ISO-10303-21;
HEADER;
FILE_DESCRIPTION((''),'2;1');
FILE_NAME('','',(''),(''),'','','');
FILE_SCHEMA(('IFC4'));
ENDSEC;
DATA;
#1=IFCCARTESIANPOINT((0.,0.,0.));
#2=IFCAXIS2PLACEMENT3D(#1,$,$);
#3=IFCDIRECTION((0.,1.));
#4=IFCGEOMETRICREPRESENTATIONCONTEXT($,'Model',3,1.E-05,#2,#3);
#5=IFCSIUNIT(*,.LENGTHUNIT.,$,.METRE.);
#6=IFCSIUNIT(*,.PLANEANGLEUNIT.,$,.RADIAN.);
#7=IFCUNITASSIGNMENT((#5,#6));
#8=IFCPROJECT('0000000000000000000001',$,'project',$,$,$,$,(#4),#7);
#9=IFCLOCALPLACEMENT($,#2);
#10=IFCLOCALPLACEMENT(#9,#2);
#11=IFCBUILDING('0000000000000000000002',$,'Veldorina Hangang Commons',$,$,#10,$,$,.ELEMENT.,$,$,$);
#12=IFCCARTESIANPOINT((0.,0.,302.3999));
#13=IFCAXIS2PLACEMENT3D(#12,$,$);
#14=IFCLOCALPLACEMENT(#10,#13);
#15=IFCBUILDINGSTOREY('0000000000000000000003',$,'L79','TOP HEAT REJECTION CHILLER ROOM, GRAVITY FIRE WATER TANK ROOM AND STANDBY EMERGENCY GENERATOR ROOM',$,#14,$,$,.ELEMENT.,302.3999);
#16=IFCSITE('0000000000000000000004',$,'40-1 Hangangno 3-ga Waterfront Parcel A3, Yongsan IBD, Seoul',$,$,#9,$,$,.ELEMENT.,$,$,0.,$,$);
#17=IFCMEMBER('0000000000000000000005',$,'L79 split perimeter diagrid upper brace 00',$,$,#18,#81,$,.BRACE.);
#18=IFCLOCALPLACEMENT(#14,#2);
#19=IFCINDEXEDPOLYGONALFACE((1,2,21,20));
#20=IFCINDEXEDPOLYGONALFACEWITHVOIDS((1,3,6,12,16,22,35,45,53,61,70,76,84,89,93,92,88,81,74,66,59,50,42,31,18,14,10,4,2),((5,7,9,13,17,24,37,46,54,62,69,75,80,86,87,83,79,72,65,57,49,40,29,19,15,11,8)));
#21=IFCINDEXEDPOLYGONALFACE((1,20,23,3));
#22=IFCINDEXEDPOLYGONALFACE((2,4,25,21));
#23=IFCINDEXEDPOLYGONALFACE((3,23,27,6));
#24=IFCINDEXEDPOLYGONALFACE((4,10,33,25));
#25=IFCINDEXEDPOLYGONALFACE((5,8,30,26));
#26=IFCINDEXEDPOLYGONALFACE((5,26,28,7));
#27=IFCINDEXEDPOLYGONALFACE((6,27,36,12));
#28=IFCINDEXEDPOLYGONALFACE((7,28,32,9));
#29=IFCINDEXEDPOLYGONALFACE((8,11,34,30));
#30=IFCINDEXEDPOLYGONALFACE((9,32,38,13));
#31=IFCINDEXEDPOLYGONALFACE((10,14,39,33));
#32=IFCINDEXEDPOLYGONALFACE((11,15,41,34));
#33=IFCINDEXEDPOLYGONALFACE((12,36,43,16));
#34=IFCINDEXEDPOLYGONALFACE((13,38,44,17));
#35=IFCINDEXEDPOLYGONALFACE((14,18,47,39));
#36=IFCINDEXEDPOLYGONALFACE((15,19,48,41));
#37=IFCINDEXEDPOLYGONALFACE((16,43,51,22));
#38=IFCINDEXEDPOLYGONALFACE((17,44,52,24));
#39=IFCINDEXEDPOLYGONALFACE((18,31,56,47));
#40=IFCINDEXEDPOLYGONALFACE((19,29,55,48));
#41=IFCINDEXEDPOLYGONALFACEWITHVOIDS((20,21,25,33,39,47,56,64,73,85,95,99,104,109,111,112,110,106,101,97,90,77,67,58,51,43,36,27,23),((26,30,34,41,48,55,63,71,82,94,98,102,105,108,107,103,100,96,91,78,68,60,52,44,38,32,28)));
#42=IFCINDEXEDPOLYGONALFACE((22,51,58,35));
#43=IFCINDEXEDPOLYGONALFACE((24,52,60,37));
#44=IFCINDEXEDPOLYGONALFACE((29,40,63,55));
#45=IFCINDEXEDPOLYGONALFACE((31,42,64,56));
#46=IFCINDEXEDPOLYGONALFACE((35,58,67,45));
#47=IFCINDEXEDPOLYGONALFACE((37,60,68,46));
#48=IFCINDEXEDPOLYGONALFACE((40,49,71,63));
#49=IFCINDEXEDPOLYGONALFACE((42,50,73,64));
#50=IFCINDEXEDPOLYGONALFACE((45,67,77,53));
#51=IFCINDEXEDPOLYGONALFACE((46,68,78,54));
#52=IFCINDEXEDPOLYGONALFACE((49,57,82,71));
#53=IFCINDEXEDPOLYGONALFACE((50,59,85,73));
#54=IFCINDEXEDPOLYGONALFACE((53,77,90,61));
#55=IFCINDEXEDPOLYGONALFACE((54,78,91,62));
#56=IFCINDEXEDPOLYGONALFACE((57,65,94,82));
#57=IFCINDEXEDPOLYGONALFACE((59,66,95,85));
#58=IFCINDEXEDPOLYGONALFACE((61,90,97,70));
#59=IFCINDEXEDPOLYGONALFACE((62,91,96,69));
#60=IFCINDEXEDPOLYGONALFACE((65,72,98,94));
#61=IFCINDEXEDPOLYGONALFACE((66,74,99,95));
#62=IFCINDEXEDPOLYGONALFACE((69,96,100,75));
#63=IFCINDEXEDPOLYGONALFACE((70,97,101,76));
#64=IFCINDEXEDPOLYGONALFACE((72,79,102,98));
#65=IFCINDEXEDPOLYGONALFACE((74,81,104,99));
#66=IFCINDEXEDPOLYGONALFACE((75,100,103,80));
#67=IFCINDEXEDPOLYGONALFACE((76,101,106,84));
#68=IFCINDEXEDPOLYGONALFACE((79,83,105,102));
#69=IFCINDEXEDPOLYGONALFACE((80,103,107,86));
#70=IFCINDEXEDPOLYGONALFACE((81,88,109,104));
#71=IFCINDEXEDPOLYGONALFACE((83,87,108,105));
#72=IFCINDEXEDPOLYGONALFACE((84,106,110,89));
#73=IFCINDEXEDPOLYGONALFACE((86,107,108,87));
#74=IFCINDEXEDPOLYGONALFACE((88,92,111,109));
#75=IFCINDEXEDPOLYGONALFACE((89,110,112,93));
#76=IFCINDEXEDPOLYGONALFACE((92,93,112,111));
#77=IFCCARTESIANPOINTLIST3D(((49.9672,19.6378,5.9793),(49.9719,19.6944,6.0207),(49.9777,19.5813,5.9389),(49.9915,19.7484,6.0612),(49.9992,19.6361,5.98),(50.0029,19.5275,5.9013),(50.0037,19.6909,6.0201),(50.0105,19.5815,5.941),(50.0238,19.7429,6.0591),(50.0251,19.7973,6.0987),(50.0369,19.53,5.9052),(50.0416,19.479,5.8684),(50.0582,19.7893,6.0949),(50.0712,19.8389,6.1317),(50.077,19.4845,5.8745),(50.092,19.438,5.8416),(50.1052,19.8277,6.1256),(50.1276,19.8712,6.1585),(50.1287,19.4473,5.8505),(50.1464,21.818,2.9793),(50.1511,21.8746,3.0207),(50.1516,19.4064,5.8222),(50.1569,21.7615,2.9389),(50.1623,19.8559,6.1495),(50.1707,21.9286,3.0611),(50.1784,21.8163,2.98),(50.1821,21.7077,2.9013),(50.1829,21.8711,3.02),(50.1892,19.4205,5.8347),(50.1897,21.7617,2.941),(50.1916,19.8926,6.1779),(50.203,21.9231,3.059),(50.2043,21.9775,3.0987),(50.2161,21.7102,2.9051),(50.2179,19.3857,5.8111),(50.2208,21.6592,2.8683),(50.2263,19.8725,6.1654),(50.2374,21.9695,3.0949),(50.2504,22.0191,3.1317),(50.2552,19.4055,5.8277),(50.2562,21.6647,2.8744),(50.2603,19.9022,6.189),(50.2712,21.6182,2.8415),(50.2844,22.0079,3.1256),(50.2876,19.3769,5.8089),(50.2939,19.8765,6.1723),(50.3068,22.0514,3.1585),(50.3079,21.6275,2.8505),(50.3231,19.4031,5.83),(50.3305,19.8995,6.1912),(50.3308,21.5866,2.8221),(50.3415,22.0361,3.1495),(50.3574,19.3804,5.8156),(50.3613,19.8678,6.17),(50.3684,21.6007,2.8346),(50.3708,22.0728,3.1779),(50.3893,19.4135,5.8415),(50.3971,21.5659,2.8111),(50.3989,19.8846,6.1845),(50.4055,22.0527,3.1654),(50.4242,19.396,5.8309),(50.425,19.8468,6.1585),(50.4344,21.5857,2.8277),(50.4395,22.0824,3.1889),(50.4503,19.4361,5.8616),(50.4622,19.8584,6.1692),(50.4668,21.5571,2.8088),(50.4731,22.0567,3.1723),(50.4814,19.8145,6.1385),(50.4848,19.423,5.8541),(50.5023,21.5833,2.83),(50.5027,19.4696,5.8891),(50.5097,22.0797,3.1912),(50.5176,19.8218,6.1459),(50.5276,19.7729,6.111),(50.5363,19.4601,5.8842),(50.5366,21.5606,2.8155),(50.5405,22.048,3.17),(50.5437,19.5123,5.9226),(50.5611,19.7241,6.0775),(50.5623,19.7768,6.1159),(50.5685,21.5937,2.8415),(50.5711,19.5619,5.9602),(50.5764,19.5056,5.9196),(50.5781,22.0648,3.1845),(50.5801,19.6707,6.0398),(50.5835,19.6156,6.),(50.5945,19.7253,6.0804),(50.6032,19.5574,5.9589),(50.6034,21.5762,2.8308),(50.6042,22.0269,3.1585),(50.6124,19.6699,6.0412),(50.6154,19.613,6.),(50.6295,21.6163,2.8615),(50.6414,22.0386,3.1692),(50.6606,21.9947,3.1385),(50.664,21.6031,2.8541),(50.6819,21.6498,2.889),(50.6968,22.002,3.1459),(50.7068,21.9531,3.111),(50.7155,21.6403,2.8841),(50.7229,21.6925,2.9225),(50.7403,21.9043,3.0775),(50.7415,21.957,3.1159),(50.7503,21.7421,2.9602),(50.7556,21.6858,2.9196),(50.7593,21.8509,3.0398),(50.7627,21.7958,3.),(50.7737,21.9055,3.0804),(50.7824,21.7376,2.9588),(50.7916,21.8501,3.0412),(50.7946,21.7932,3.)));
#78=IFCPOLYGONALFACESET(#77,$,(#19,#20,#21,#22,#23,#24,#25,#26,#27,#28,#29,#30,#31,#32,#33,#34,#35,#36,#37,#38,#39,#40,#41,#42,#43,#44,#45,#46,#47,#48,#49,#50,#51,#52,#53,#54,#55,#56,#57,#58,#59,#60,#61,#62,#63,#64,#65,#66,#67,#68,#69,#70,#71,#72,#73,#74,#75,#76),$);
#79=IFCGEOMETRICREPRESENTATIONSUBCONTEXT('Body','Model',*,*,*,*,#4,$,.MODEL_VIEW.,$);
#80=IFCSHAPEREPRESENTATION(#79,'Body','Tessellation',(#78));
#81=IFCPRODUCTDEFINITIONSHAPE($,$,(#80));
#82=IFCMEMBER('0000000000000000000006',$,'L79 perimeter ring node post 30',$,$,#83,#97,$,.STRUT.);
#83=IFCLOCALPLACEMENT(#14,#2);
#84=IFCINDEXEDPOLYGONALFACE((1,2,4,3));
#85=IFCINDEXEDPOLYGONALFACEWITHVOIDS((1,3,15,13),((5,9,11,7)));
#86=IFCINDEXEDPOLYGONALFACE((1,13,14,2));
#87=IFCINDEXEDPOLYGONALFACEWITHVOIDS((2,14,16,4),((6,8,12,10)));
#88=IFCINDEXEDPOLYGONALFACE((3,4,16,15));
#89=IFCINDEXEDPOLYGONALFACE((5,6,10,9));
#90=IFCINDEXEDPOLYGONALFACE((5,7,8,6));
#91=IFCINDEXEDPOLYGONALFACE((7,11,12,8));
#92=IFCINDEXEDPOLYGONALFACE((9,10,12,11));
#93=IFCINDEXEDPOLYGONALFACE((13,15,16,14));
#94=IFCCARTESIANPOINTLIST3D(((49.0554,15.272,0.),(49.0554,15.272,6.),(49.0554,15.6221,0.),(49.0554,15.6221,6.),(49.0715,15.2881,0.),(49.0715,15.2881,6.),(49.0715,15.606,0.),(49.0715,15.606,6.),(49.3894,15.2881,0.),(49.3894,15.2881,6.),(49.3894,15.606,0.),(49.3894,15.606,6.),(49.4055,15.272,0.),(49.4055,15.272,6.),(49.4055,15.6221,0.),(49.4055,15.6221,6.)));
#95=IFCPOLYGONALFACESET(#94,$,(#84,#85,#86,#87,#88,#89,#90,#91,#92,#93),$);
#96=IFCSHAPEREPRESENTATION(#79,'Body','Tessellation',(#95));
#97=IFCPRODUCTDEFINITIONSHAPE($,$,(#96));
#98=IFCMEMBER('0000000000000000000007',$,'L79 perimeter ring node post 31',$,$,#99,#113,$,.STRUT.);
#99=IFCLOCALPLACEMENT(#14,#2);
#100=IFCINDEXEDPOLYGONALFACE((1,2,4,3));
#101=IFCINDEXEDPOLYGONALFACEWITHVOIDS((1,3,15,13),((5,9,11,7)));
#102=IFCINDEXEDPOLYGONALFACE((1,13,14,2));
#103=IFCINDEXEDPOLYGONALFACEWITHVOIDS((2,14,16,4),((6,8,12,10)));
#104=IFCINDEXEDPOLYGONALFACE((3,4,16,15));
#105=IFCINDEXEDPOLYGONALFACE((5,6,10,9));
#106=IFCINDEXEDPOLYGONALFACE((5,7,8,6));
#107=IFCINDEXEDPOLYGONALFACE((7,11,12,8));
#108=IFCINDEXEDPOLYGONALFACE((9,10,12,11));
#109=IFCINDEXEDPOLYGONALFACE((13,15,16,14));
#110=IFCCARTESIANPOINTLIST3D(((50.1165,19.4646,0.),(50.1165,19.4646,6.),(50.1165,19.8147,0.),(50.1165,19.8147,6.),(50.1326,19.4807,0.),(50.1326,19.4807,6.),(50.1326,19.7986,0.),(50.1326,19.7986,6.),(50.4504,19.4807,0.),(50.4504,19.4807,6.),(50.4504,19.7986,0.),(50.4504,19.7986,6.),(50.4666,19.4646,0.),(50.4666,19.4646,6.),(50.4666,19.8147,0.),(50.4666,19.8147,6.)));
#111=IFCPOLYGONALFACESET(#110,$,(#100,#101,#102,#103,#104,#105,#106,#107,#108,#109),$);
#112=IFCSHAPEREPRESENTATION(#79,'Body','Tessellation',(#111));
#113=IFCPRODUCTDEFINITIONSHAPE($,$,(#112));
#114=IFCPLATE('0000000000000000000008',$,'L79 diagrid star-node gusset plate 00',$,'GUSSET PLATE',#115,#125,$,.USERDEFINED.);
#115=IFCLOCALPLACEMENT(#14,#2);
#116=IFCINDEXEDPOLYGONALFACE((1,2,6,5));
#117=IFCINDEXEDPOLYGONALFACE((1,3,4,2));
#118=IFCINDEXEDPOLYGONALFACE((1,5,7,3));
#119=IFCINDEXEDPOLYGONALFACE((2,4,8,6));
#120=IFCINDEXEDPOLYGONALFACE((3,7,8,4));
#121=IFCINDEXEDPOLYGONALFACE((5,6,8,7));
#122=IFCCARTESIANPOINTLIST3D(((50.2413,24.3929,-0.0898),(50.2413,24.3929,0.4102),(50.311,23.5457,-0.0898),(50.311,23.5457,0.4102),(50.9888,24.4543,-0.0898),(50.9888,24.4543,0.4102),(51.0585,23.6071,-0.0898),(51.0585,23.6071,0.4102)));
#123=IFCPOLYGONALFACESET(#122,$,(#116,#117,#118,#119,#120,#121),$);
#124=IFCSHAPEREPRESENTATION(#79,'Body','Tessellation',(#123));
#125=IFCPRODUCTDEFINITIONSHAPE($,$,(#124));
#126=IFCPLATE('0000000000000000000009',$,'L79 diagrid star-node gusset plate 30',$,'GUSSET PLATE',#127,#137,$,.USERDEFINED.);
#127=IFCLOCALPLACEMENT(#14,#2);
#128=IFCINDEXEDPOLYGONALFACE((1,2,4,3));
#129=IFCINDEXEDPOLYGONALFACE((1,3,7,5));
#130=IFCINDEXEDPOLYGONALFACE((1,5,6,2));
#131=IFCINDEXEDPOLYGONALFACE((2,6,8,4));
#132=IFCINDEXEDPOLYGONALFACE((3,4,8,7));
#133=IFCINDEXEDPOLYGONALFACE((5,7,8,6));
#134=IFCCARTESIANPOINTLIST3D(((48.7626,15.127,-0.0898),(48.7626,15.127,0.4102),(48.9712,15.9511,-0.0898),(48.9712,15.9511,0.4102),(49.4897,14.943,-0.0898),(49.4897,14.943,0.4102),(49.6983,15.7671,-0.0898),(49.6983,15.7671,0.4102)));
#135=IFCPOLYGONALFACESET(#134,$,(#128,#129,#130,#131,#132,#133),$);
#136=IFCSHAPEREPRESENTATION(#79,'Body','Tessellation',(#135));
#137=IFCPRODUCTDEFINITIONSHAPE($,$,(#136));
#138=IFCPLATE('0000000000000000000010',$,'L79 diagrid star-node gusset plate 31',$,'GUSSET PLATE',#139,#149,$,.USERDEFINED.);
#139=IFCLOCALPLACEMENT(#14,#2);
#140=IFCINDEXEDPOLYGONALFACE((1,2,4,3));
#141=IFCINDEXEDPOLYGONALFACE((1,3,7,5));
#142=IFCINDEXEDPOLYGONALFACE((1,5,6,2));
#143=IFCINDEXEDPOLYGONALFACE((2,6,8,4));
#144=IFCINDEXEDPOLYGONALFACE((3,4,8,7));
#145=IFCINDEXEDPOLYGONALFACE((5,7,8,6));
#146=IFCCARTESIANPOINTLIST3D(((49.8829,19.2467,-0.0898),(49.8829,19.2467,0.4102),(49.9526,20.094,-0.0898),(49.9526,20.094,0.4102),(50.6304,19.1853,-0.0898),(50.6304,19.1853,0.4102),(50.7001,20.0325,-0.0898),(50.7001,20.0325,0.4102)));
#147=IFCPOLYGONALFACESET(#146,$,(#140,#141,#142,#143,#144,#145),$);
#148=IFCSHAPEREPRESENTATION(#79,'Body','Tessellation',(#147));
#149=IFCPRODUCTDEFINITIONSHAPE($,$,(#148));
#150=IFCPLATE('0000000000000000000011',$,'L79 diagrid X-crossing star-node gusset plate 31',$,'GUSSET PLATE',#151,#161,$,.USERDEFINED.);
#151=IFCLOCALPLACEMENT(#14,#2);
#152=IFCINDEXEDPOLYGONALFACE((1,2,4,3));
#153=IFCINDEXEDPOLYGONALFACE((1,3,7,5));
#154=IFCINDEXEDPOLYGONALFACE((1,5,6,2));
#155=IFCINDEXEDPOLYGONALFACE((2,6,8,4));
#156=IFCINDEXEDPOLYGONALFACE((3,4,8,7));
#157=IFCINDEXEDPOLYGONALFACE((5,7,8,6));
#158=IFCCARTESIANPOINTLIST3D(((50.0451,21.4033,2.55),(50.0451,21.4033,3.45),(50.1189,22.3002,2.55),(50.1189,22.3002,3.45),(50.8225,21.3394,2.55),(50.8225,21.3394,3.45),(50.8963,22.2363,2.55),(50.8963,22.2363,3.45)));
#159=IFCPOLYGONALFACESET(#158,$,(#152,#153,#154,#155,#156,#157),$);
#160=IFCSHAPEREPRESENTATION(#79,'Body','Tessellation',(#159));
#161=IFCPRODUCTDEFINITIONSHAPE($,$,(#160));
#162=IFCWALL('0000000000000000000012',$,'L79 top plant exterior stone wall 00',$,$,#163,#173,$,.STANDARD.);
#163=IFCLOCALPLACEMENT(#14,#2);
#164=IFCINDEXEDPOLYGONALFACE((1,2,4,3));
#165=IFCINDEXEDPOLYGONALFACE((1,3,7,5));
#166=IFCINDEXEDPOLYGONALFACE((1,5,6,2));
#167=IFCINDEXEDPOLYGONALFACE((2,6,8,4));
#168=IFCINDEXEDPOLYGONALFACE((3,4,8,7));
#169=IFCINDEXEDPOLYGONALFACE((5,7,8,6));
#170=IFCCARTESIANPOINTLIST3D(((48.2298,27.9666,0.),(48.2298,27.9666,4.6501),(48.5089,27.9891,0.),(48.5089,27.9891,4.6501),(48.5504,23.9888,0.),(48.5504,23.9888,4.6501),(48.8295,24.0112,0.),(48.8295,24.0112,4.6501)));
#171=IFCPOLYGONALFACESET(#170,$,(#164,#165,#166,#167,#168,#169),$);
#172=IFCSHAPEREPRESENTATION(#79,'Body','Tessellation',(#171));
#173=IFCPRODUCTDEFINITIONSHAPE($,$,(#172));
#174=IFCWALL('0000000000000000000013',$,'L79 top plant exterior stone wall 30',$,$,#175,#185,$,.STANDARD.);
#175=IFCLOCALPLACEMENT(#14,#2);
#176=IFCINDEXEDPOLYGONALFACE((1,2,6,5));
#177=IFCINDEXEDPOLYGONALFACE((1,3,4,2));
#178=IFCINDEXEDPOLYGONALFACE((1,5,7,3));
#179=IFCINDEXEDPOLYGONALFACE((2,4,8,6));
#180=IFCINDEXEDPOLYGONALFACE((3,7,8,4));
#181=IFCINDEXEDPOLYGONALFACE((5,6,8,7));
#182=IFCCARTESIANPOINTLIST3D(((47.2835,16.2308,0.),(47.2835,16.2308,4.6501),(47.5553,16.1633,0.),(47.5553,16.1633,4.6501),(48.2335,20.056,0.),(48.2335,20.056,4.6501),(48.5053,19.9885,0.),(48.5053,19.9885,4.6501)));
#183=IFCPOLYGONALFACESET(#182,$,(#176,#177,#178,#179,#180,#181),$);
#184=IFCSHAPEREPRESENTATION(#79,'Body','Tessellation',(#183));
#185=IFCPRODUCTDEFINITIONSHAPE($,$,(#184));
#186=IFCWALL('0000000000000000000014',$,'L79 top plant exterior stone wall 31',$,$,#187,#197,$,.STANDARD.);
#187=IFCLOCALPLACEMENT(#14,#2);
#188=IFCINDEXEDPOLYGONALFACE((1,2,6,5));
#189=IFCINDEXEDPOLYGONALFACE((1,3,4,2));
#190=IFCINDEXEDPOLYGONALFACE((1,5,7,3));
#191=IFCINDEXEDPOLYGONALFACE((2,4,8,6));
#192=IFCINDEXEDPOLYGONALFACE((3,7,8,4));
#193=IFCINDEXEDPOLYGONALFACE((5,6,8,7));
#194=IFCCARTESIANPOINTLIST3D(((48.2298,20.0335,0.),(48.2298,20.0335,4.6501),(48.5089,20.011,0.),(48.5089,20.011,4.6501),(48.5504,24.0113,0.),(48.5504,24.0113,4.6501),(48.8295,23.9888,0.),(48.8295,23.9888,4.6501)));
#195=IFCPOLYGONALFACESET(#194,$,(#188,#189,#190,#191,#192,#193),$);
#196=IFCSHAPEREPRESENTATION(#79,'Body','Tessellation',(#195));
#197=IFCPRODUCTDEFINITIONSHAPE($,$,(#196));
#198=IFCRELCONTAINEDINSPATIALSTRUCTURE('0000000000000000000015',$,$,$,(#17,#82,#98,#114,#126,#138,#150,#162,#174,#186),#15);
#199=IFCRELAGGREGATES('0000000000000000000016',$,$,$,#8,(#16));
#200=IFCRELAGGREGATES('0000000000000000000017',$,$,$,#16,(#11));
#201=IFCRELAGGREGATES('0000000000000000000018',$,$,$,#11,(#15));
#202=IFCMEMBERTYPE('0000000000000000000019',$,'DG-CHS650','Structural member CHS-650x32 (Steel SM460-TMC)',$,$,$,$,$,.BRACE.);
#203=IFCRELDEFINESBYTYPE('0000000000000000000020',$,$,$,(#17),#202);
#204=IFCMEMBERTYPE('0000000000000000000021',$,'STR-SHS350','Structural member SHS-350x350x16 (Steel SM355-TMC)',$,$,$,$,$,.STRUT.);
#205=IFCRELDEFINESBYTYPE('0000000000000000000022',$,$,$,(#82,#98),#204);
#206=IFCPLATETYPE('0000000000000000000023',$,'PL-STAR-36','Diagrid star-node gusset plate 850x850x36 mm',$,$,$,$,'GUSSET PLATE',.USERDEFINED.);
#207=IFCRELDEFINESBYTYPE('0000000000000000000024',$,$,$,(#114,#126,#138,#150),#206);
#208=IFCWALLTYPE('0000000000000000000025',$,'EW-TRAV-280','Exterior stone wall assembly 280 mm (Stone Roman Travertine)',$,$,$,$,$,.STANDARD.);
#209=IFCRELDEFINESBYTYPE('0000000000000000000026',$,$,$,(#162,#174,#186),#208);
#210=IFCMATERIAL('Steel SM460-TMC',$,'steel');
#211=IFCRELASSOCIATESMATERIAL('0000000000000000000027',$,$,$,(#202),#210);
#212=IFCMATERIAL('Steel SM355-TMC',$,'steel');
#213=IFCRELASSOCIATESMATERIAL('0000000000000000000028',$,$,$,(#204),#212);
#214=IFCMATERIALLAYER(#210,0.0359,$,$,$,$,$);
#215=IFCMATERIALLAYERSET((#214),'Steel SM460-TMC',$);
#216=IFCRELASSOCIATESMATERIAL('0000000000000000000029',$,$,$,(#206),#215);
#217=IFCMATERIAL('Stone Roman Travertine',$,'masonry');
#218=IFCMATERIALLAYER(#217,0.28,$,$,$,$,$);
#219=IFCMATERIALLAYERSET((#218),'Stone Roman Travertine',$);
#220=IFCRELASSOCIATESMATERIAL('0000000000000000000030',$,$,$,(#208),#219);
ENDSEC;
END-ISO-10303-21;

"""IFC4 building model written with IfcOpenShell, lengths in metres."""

from ifc_helpers import new_model, si_unit, direction, frame, frame_2d, origin, origin_2d, place, context, subcontext, project, spatial, rectangle, hollow_rectangle, hollow_circle, extrude, material, layer, layer_set, material_profile, profile_set, type_object, element, save


model = new_model("IFC4")

# Units and contexts
model_context = context("Model", 3, precision=1e-05, world=origin(), true_north=direction((0.0, 1.0)))
body_context = subcontext(model_context, "Body", "Model", "MODEL_VIEW")
ifc_project = project(units=[si_unit("LENGTHUNIT", "METRE"), si_unit("PLANEANGLEUNIT", "RADIAN")], contexts=[model_context])

# Site, building, storey
site_placement = place(None, origin())
site = spatial("IfcSite", under=ifc_project, at=site_placement, Name="40-1 Hangangno 3-ga Waterfront Parcel A3, Yongsan IBD, Seoul", CompositionType="ELEMENT", RefElevation=0.0)
building_placement = place(site_placement, origin())
building = spatial("IfcBuilding", under=site, at=building_placement, Name="Veldorina Hangang Commons", CompositionType="ELEMENT")
storey_placement = place(building_placement, frame((0.0, 0.0, 302.3999)))
storey = spatial("IfcBuildingStorey", under=building, at=storey_placement, Name="L79", Description="TOP HEAT REJECTION CHILLER ROOM, GRAVITY FIRE WATER TANK ROOM AND STANDBY EMERGENCY GENERATOR ROOM", CompositionType="ELEMENT", Elevation=302.3999)

# Shared definitions
ifc_material_1 = material(Name="Steel SM460-TMC", Category="steel")
ifc_material_2 = material(Name="Steel SM355-TMC", Category="steel")

# Members
ifc_material_profile_1 = material_profile(ifc_material_1, hollow_circle(Radius=0.325, WallThickness=0.032, at=origin_2d()), Name="CHS-650x32")
ifc_profile_set_1 = profile_set([ifc_material_profile_1], Name="Steel SM460-TMC")
member_type_1 = type_object("IfcMemberType", Name="DG-CHS650", Description="Structural member CHS-650x32 (Steel SM460-TMC)", PredefinedType="BRACE", material=ifc_profile_set_1)
member_1_placement = place(storey_placement, frame((50.4707, 21.8198, 3.0), z_axis=(-0.048265, -0.587197, 0.808004), x_axis=(0.996639, -0.081919, 0.0)))
element("IfcMember", 1, at=member_1_placement, inside=storey, type_object=member_type_1, Name="L79 split perimeter diagrid upper brace 00", PredefinedType="BRACE", context=body_context, shape_type="SweptSolid", body=[
    extrude(hollow_circle(Radius=0.325, WallThickness=0.032, at=origin_2d()), origin(), (0.0, 0.0, 1.0), 3.7129),
])
ifc_material_profile_2 = material_profile(ifc_material_2, hollow_rectangle(XDim=0.3501, YDim=0.3501, WallThickness=0.0161, at=origin_2d()), Name="SHS-350x350x16")
ifc_profile_set_2 = profile_set([ifc_material_profile_2], Name="Steel SM355-TMC")
member_type_2 = type_object("IfcMemberType", Name="STR-SHS350", Description="Structural member SHS-350x350x16 (Steel SM355-TMC)", PredefinedType="STRUT", material=ifc_profile_set_2)
for number, where, z_axis, x_axis, name in (
    (2, (49.2305, 15.447, 0.0), (0.0, 0.0, 1.0), (1.0, 0.0, 0.0), "L79 perimeter ring node post 30"),
    (3, (50.2915, 19.6396, 0.0), (0.0, 0.0, 1.0), (1.0, 0.0, 0.0), "L79 perimeter ring node post 31"),
):
    element("IfcMember", number, at=place(storey_placement, frame(where, z_axis=z_axis, x_axis=x_axis)), inside=storey, type_object=member_type_2, Name=name, PredefinedType="STRUT", context=body_context, shape_type="SweptSolid", body=[
        extrude(hollow_rectangle(XDim=0.3501, YDim=0.3501, WallThickness=0.0161, at=origin_2d()), origin(), (0.0, 0.0, 1.0), 6.0),
    ])

# Plates
ifc_layer_1 = layer(ifc_material_1, 0.0359)
ifc_layer_set_1 = layer_set([ifc_layer_1], Name="Steel SM460-TMC")
plate_type = type_object("IfcPlateType", Name="PL-STAR-36", Description="Diagrid star-node gusset plate 850x850x36 mm", ElementType="GUSSET PLATE", PredefinedType="USERDEFINED", material=ifc_layer_set_1)
for number, where, z_axis, x_axis, name in (
    (4, (50.6499, 24.0, -0.0898), (0.0, 0.0, 1.0), (-0.081921, 0.996639, 0.0), "L79 diagrid star-node gusset plate 00"),
    (5, (49.2305, 15.447, -0.0898), (0.0, 0.0, 1.0), (0.245375, 0.969428, 0.0), "L79 diagrid star-node gusset plate 30"),
    (6, (50.2915, 19.6396, -0.0898), (0.0, 0.0, 1.0), (0.081921, 0.996639, 0.0), "L79 diagrid star-node gusset plate 31"),
):
    element("IfcPlate", number, at=place(storey_placement, frame(where, z_axis=z_axis, x_axis=x_axis)), inside=storey, type_object=plate_type, Name=name, ObjectType="GUSSET PLATE", PredefinedType="USERDEFINED", context=body_context, shape_type="SweptSolid", body=[
        extrude(rectangle(XDim=0.8501, YDim=0.75, at=origin_2d()), origin(), (0.0, 0.0, 1.0), 0.5),
    ])
plate_placement = place(storey_placement, frame((50.4707, 21.8198, 2.55), z_axis=(0.0, 0.0, 1.0), x_axis=(0.081921, 0.996639, 0.0)))
element("IfcPlate", 7, at=plate_placement, inside=storey, type_object=plate_type, Name="L79 diagrid X-crossing star-node gusset plate 31", ObjectType="GUSSET PLATE", PredefinedType="USERDEFINED", context=body_context, shape_type="SweptSolid", body=[
    extrude(rectangle(XDim=0.8999, YDim=0.78, at=origin_2d()), origin(), (0.0, 0.0, 1.0), 0.8999),
])

# Walls
ifc_material_3 = material(Name="Stone Roman Travertine", Category="masonry")
ifc_layer_2 = layer(ifc_material_3, 0.28)
ifc_layer_set_2 = layer_set([ifc_layer_2], Name="Stone Roman Travertine")
wall_type_1 = type_object("IfcWallType", Name="EW-TRAV-280", Description="Exterior stone wall assembly 280 mm (Stone Roman Travertine)", PredefinedType="STANDARD", material=ifc_layer_set_2)
wall_1_placement = place(storey_placement, frame((48.6899, 24.0, 0.0), z_axis=(0.0, 0.0, 1.0), x_axis=(-0.080326, 0.996769, 0.0)))
element("IfcWall", 8, at=wall_1_placement, inside=storey, type_object=wall_type_1, Name="L79 top plant exterior stone wall 00", PredefinedType="STANDARD", context=body_context, shape_type="SweptSolid", body=[
    extrude(rectangle(XDim=3.9907, YDim=0.28, at=frame_2d((1.9954, 0.0))), origin(), (0.0, 0.0, 1.0), 4.6501),
])
wall_2_placement = place(storey_placement, frame((47.4194, 16.197, 0.0), z_axis=(0.0, 0.0, 1.0), x_axis=(0.24102, 0.97052, 0.0)))
element("IfcWall", 9, at=wall_2_placement, inside=storey, type_object=wall_type_1, Name="L79 top plant exterior stone wall 30", PredefinedType="STANDARD", context=body_context, shape_type="SweptSolid", body=[
    extrude(rectangle(XDim=3.9414, YDim=0.28, at=frame_2d((1.9707, 0.0))), origin(), (0.0, 0.0, 1.0), 4.6501),
])
wall_3_placement = place(storey_placement, frame((48.3694, 20.0222, 0.0), z_axis=(0.0, 0.0, 1.0), x_axis=(0.080326, 0.996769, 0.0)))
element("IfcWall", 10, at=wall_3_placement, inside=storey, type_object=wall_type_1, Name="L79 top plant exterior stone wall 31", PredefinedType="STANDARD", context=body_context, shape_type="SweptSolid", body=[
    extrude(rectangle(XDim=3.9907, YDim=0.28, at=frame_2d((1.9954, 0.0))), origin(), (0.0, 0.0, 1.0), 4.6501),
])

save(model, "model.ifc")
